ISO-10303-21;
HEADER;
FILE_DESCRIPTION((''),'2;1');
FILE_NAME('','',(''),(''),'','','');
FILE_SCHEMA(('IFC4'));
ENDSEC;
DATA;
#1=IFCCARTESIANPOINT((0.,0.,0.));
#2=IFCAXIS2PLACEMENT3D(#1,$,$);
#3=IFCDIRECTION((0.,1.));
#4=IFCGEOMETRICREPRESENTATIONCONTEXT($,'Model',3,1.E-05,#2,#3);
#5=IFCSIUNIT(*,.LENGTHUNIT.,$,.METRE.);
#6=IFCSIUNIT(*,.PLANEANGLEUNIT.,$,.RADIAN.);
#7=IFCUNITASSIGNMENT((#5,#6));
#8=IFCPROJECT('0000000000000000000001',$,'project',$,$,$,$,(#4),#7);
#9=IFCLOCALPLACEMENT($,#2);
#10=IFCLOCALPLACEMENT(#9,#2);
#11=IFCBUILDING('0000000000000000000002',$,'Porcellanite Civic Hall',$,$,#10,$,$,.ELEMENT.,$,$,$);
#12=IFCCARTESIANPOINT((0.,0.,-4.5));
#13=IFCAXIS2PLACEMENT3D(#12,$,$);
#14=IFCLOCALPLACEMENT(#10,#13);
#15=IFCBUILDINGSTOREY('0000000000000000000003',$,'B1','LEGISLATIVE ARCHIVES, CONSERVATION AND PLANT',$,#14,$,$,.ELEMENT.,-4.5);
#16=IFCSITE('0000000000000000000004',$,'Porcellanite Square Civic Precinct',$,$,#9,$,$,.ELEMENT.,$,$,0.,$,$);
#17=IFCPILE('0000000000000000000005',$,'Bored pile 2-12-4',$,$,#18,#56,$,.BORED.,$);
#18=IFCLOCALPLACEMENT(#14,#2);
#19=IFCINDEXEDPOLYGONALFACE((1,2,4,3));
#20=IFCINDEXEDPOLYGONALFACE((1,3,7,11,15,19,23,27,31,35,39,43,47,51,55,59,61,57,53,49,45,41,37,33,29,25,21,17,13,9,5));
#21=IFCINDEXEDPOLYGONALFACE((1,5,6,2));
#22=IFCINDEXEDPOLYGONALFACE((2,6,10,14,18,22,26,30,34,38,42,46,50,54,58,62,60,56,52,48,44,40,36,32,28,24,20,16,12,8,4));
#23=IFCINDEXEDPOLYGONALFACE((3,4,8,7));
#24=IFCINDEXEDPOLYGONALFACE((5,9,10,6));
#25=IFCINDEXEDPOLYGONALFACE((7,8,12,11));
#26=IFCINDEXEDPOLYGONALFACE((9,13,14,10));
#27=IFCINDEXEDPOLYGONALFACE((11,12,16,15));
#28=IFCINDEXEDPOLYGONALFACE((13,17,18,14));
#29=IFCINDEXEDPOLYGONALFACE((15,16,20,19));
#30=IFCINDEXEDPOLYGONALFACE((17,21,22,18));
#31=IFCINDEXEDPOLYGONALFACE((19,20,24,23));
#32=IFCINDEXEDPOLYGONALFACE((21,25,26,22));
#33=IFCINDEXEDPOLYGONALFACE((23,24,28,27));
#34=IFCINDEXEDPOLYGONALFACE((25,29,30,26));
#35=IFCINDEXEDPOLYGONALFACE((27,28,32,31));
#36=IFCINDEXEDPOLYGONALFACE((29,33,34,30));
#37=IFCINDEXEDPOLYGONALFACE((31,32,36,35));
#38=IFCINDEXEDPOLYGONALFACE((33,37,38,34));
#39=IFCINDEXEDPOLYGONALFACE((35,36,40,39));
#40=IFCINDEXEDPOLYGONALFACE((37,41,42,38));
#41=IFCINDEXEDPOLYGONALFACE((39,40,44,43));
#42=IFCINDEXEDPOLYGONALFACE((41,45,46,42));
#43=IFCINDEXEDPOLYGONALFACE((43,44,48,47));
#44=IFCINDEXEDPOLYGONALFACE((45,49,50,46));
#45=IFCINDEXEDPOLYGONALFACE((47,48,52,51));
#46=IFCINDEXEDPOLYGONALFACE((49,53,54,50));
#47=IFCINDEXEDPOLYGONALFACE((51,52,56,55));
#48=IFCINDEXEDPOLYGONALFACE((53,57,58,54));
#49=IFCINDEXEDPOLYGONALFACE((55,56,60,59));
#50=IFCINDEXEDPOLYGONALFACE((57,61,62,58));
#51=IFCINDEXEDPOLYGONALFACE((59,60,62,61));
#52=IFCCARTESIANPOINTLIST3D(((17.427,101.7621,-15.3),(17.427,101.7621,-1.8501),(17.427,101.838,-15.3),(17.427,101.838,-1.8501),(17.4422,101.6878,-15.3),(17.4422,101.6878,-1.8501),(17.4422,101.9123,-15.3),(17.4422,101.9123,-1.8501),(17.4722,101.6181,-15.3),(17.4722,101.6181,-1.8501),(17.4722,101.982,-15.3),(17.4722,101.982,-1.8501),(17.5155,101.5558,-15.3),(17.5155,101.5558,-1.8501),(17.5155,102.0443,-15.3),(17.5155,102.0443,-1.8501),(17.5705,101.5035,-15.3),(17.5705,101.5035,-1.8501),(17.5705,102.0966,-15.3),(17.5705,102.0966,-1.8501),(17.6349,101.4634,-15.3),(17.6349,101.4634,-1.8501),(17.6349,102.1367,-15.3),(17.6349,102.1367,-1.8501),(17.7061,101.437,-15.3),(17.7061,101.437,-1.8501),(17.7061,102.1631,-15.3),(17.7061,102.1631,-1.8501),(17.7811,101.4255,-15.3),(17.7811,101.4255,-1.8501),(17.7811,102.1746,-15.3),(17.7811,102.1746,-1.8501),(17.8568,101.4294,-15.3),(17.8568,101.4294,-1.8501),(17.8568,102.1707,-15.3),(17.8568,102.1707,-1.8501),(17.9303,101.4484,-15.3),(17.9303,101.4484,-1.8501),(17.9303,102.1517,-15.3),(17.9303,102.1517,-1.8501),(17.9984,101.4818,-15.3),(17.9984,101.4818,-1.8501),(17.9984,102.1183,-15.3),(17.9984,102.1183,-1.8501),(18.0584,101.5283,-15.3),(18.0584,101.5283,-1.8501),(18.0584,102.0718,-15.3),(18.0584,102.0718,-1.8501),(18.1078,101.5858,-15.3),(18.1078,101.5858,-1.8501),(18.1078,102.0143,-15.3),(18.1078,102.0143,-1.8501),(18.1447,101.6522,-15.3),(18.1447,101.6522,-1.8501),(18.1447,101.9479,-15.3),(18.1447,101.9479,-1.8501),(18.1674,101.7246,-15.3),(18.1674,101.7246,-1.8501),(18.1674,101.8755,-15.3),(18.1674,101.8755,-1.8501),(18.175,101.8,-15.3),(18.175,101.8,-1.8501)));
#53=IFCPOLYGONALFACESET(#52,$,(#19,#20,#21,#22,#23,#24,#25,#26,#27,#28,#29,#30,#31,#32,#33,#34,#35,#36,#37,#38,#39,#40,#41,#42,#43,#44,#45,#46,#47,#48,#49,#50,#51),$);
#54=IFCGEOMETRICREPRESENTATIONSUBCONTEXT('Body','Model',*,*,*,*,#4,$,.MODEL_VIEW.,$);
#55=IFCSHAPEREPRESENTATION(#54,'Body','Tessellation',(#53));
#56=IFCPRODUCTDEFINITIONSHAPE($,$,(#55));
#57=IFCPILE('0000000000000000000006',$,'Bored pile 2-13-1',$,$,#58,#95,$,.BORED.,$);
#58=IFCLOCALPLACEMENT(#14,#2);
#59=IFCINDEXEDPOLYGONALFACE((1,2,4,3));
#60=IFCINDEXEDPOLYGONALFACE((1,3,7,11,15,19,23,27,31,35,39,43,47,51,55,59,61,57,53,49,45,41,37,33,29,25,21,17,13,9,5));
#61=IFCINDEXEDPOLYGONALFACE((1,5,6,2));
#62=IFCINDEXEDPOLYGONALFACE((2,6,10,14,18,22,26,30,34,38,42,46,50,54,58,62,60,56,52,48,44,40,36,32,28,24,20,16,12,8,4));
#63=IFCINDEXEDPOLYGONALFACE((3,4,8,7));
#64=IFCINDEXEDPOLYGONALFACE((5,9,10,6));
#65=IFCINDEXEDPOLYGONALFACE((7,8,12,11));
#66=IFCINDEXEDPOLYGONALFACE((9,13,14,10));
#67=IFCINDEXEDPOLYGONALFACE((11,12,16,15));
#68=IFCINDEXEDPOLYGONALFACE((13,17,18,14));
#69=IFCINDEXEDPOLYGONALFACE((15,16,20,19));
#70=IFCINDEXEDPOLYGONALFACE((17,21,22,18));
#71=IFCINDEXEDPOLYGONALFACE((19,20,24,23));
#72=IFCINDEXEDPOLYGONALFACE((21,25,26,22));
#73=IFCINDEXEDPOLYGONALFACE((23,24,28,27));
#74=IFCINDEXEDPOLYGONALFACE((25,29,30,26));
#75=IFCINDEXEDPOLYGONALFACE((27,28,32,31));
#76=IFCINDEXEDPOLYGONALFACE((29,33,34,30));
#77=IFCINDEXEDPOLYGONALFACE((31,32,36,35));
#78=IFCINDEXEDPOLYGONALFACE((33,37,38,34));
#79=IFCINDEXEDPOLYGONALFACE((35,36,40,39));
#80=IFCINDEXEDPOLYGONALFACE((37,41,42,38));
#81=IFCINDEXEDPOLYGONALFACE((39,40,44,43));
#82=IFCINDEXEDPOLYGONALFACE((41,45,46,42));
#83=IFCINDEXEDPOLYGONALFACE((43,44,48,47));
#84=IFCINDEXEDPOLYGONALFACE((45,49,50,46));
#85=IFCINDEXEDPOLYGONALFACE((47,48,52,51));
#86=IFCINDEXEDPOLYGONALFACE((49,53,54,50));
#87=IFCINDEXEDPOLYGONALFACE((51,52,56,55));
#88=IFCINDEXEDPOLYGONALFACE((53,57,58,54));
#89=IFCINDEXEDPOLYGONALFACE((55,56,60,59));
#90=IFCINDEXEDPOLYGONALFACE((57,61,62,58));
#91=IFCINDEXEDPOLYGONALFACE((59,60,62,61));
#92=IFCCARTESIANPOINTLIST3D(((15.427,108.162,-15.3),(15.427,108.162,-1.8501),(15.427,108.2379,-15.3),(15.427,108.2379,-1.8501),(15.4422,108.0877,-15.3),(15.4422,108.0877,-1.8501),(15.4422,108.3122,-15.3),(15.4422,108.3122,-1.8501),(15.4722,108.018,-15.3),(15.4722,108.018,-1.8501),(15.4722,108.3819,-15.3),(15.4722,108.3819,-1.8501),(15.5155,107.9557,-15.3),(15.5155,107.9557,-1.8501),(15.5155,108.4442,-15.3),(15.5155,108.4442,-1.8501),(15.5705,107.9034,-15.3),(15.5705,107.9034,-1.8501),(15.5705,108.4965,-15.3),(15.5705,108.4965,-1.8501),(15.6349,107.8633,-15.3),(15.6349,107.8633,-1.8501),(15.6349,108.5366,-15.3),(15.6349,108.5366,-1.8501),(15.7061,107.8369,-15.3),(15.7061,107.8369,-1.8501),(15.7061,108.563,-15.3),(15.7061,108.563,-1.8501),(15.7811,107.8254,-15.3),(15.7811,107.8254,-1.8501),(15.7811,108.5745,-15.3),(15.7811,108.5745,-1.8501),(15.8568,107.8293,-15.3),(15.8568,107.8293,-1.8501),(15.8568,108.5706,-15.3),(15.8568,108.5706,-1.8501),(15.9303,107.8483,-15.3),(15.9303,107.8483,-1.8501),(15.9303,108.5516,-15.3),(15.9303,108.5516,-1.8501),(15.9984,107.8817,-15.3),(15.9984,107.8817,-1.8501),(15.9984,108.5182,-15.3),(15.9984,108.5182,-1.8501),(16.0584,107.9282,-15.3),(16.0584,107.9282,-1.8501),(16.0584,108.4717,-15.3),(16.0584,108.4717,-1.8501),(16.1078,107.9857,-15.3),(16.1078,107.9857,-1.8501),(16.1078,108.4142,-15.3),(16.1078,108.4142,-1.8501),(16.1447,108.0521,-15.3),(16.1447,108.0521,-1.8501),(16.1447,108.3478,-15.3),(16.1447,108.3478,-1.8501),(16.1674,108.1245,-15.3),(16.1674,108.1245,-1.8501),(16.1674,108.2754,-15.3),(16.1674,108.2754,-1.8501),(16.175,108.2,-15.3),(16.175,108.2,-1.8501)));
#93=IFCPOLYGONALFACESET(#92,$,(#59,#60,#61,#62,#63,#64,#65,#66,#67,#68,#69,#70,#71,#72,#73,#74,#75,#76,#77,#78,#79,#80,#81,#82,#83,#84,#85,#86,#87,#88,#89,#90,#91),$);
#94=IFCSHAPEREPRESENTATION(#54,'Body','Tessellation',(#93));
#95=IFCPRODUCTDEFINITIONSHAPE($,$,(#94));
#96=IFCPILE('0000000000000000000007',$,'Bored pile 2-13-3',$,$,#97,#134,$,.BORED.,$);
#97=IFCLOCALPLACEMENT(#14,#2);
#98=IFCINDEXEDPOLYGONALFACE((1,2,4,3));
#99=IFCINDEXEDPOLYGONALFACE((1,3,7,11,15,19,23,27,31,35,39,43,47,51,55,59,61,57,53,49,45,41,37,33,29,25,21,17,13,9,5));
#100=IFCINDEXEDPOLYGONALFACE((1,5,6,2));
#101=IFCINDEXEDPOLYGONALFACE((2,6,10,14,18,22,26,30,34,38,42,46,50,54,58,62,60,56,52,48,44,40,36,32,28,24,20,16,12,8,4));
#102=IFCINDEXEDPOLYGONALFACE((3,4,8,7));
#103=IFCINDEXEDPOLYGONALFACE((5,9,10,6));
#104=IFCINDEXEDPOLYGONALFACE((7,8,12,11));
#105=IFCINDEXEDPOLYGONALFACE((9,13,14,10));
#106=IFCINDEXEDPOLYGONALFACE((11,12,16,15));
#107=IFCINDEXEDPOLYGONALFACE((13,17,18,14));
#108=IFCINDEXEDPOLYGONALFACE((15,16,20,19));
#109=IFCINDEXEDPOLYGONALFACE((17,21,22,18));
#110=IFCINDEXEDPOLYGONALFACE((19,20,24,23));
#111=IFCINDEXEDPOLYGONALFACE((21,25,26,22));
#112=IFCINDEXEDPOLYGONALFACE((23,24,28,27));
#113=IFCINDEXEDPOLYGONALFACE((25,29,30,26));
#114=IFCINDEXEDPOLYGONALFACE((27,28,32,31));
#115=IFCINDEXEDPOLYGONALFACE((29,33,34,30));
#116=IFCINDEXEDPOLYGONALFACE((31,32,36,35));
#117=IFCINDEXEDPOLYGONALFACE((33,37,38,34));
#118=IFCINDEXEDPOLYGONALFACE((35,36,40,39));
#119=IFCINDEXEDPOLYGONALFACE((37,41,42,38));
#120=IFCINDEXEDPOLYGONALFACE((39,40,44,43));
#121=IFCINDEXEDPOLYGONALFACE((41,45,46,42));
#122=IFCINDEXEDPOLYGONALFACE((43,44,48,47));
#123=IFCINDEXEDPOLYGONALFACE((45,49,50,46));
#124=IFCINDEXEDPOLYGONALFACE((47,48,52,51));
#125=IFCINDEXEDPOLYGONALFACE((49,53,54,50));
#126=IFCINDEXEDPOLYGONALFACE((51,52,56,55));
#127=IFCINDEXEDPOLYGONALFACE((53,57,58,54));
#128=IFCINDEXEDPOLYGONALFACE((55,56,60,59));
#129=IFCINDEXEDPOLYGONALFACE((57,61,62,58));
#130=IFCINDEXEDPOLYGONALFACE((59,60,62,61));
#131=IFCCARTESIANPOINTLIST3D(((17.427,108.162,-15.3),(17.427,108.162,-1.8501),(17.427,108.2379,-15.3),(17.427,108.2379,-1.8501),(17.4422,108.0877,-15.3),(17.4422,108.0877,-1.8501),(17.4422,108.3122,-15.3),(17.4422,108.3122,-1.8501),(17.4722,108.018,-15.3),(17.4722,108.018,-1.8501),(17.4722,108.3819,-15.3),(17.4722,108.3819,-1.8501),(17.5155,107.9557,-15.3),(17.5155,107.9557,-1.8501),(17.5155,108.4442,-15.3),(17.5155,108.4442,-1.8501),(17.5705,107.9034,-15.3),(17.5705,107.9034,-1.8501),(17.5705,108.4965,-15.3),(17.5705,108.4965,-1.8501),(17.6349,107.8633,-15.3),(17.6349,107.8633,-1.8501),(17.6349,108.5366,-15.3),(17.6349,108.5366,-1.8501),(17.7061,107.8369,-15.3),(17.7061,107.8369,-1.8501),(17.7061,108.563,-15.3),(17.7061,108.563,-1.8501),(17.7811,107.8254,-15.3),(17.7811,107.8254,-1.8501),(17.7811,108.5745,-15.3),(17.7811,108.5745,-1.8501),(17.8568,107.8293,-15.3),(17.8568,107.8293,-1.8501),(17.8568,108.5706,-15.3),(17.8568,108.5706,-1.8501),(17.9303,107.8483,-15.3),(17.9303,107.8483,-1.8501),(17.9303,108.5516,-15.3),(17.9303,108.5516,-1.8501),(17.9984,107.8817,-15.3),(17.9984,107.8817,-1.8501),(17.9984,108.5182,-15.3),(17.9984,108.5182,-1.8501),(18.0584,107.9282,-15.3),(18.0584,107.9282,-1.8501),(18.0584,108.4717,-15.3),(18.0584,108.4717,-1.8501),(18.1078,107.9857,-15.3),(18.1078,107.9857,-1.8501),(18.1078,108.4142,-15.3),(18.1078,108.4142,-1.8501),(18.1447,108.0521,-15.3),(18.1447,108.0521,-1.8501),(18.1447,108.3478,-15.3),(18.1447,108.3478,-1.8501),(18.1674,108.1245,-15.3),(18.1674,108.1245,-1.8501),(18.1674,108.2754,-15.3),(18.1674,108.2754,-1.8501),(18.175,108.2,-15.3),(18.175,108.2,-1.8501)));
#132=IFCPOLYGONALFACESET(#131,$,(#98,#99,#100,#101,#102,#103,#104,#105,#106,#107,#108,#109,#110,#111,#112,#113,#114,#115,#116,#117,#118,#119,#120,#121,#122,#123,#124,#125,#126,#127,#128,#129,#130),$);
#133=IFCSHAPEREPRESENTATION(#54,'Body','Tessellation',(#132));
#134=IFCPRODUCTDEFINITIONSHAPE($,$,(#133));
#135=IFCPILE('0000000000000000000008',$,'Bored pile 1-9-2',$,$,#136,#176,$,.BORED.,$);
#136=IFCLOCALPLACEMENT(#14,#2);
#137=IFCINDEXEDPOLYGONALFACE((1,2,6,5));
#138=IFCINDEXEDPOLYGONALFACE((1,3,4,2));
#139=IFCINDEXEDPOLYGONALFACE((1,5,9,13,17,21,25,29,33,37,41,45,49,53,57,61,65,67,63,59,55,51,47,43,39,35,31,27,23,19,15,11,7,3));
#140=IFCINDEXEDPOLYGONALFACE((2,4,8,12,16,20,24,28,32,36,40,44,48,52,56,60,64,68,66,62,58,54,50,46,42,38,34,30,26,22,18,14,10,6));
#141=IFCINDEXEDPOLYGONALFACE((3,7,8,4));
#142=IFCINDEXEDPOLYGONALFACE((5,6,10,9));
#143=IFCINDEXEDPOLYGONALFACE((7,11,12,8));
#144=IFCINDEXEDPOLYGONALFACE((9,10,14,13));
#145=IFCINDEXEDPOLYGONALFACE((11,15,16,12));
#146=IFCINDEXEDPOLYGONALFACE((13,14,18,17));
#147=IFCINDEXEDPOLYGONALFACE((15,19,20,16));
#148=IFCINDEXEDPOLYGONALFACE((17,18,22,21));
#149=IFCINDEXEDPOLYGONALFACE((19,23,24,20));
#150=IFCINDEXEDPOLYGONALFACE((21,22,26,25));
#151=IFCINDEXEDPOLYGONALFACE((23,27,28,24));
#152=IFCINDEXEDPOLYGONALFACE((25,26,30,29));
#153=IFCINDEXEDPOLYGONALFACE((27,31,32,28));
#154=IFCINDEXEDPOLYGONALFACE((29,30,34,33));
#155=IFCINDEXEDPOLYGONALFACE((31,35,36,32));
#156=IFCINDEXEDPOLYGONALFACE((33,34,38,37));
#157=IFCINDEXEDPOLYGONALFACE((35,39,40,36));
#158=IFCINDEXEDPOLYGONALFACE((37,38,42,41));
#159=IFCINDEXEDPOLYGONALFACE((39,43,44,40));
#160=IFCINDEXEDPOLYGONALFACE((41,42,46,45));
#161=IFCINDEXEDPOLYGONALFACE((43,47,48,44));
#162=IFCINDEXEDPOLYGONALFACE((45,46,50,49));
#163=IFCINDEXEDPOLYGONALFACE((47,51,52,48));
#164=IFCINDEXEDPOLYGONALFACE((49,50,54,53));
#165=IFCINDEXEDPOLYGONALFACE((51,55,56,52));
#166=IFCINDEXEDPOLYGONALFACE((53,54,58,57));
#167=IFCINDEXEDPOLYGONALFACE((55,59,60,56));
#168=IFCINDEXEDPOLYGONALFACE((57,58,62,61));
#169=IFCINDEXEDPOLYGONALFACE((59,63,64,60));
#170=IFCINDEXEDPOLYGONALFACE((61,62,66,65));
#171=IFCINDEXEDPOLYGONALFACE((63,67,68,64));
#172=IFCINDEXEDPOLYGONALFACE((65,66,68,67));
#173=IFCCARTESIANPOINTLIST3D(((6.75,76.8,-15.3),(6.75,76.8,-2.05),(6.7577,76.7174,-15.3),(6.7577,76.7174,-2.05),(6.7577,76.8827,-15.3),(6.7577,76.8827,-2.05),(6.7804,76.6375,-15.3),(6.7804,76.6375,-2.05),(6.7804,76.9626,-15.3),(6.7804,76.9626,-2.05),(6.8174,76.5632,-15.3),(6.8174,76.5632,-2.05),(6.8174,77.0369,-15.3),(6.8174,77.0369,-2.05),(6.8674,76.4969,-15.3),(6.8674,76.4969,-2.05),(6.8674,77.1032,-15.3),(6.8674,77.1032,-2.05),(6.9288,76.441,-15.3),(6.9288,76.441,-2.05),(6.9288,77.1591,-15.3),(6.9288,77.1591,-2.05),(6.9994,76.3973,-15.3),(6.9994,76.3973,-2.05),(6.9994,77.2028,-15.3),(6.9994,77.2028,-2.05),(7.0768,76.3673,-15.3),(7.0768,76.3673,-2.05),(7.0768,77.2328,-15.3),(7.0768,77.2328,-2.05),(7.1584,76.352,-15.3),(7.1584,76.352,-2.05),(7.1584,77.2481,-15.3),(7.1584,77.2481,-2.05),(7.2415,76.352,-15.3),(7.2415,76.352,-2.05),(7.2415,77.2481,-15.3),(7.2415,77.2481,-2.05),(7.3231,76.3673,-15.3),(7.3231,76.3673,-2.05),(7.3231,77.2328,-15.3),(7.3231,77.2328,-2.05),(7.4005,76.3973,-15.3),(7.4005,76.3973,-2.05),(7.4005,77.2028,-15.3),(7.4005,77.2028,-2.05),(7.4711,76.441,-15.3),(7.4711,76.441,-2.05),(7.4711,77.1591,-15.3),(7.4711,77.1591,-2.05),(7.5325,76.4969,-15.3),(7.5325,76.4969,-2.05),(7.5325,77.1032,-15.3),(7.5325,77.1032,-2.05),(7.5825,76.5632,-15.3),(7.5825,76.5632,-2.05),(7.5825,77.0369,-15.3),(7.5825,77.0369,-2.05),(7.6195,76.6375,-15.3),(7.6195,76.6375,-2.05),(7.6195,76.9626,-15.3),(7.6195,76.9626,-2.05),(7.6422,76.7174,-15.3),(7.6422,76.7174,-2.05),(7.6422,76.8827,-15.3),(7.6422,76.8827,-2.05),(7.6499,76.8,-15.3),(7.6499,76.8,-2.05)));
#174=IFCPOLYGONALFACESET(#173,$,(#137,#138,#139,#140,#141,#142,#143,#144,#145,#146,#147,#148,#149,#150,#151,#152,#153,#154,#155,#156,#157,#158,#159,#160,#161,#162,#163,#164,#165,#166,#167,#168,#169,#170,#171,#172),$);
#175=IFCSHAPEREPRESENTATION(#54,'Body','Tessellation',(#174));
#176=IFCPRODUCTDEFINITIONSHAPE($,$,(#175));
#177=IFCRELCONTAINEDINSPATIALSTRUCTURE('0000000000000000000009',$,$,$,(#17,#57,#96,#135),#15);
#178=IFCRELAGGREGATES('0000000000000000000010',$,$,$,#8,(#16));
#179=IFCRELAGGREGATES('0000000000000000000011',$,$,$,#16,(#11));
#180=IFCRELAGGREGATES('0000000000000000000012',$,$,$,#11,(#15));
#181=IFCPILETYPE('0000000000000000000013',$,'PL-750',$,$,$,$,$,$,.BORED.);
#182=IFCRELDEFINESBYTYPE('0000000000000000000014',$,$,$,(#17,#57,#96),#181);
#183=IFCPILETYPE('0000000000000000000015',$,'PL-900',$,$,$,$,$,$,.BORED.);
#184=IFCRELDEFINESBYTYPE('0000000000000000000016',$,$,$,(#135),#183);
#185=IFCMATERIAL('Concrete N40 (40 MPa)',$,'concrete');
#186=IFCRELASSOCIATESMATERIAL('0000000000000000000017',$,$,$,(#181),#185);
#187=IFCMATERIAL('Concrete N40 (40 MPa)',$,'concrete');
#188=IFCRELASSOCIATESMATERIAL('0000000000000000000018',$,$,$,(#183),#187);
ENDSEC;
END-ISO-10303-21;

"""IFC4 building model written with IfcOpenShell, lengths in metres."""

from ifc_helpers import new_model, si_unit, direction, frame, origin, origin_2d, place, context, subcontext, project, spatial, circle, extrude, material, material_profile, profile_set, type_object, element, save


model = new_model("IFC4")

# Units and contexts
model_context = context("Model", 3, precision=1e-05, world=origin(), true_north=direction((0.0, 1.0)))
body_context = subcontext(model_context, "Body", "Model", "MODEL_VIEW")
ifc_project = project(units=[si_unit("LENGTHUNIT", "METRE"), si_unit("PLANEANGLEUNIT", "RADIAN")], contexts=[model_context])

# Site, building, storey
site_placement = place(None, origin())
site = spatial("IfcSite", under=ifc_project, at=site_placement, Name="Porcellanite Square Civic Precinct", CompositionType="ELEMENT", RefElevation=0.0)
building_placement = place(site_placement, origin())
building = spatial("IfcBuilding", under=site, at=building_placement, Name="Porcellanite Civic Hall", CompositionType="ELEMENT")
storey_placement = place(building_placement, frame((0.0, 0.0, -4.5)))
storey = spatial("IfcBuildingStorey", under=building, at=storey_placement, Name="B1", Description="LEGISLATIVE ARCHIVES, CONSERVATION AND PLANT", CompositionType="ELEMENT", Elevation=-4.5)

# Piles
ifc_material_1 = material(Name="Concrete N40 (40 MPa)", Category="concrete")
ifc_material_profile_1 = material_profile(ifc_material_1, circle(Radius=0.375, at=origin_2d()), Name="PILE-D750")
ifc_profile_set_1 = profile_set([ifc_material_profile_1], Name="Concrete N40 (40 MPa)")
pile_type_1 = type_object("IfcPileType", Name="PL-750", PredefinedType="BORED", material=ifc_profile_set_1)
for number, where, z_axis, x_axis, name in (
    (1, (17.8, 101.8, -1.8501), (0.0, 0.0, -1.0), (1.0, 0.0, 0.0), "Bored pile 2-12-4"),
    (2, (15.8, 108.2, -1.8501), (0.0, 0.0, -1.0), (1.0, 0.0, 0.0), "Bored pile 2-13-1"),
    (3, (17.8, 108.2, -1.8501), (0.0, 0.0, -1.0), (1.0, 0.0, 0.0), "Bored pile 2-13-3"),
):
    element("IfcPile", number, at=place(storey_placement, frame(where, z_axis=z_axis, x_axis=x_axis)), inside=storey, type_object=pile_type_1, Name=name, PredefinedType="BORED", context=body_context, shape_type="SweptSolid", body=[
        extrude(circle(Radius=0.375, at=origin_2d()), origin(), (0.0, 0.0, 1.0), 13.45),
    ])
ifc_material_2 = material(Name="Concrete N40 (40 MPa)", Category="concrete")
ifc_material_profile_2 = material_profile(ifc_material_2, circle(Radius=0.45, at=origin_2d()), Name="PILE-D900")
ifc_profile_set_2 = profile_set([ifc_material_profile_2], Name="Concrete N40 (40 MPa)")
pile_type_2 = type_object("IfcPileType", Name="PL-900", PredefinedType="BORED", material=ifc_profile_set_2)
for number, where, z_axis, x_axis, name in (
    (4, (7.2, 76.8, -2.05), (0.0, 0.0, -1.0), (1.0, 0.0, 0.0), "Bored pile 1-9-2"),
):
    element("IfcPile", number, at=place(storey_placement, frame(where, z_axis=z_axis, x_axis=x_axis)), inside=storey, type_object=pile_type_2, Name=name, PredefinedType="BORED", context=body_context, shape_type="SweptSolid", body=[
        extrude(circle(Radius=0.45, at=origin_2d()), origin(), (0.0, 0.0, 1.0), 13.25),
    ])

save(model, "model.ifc")
